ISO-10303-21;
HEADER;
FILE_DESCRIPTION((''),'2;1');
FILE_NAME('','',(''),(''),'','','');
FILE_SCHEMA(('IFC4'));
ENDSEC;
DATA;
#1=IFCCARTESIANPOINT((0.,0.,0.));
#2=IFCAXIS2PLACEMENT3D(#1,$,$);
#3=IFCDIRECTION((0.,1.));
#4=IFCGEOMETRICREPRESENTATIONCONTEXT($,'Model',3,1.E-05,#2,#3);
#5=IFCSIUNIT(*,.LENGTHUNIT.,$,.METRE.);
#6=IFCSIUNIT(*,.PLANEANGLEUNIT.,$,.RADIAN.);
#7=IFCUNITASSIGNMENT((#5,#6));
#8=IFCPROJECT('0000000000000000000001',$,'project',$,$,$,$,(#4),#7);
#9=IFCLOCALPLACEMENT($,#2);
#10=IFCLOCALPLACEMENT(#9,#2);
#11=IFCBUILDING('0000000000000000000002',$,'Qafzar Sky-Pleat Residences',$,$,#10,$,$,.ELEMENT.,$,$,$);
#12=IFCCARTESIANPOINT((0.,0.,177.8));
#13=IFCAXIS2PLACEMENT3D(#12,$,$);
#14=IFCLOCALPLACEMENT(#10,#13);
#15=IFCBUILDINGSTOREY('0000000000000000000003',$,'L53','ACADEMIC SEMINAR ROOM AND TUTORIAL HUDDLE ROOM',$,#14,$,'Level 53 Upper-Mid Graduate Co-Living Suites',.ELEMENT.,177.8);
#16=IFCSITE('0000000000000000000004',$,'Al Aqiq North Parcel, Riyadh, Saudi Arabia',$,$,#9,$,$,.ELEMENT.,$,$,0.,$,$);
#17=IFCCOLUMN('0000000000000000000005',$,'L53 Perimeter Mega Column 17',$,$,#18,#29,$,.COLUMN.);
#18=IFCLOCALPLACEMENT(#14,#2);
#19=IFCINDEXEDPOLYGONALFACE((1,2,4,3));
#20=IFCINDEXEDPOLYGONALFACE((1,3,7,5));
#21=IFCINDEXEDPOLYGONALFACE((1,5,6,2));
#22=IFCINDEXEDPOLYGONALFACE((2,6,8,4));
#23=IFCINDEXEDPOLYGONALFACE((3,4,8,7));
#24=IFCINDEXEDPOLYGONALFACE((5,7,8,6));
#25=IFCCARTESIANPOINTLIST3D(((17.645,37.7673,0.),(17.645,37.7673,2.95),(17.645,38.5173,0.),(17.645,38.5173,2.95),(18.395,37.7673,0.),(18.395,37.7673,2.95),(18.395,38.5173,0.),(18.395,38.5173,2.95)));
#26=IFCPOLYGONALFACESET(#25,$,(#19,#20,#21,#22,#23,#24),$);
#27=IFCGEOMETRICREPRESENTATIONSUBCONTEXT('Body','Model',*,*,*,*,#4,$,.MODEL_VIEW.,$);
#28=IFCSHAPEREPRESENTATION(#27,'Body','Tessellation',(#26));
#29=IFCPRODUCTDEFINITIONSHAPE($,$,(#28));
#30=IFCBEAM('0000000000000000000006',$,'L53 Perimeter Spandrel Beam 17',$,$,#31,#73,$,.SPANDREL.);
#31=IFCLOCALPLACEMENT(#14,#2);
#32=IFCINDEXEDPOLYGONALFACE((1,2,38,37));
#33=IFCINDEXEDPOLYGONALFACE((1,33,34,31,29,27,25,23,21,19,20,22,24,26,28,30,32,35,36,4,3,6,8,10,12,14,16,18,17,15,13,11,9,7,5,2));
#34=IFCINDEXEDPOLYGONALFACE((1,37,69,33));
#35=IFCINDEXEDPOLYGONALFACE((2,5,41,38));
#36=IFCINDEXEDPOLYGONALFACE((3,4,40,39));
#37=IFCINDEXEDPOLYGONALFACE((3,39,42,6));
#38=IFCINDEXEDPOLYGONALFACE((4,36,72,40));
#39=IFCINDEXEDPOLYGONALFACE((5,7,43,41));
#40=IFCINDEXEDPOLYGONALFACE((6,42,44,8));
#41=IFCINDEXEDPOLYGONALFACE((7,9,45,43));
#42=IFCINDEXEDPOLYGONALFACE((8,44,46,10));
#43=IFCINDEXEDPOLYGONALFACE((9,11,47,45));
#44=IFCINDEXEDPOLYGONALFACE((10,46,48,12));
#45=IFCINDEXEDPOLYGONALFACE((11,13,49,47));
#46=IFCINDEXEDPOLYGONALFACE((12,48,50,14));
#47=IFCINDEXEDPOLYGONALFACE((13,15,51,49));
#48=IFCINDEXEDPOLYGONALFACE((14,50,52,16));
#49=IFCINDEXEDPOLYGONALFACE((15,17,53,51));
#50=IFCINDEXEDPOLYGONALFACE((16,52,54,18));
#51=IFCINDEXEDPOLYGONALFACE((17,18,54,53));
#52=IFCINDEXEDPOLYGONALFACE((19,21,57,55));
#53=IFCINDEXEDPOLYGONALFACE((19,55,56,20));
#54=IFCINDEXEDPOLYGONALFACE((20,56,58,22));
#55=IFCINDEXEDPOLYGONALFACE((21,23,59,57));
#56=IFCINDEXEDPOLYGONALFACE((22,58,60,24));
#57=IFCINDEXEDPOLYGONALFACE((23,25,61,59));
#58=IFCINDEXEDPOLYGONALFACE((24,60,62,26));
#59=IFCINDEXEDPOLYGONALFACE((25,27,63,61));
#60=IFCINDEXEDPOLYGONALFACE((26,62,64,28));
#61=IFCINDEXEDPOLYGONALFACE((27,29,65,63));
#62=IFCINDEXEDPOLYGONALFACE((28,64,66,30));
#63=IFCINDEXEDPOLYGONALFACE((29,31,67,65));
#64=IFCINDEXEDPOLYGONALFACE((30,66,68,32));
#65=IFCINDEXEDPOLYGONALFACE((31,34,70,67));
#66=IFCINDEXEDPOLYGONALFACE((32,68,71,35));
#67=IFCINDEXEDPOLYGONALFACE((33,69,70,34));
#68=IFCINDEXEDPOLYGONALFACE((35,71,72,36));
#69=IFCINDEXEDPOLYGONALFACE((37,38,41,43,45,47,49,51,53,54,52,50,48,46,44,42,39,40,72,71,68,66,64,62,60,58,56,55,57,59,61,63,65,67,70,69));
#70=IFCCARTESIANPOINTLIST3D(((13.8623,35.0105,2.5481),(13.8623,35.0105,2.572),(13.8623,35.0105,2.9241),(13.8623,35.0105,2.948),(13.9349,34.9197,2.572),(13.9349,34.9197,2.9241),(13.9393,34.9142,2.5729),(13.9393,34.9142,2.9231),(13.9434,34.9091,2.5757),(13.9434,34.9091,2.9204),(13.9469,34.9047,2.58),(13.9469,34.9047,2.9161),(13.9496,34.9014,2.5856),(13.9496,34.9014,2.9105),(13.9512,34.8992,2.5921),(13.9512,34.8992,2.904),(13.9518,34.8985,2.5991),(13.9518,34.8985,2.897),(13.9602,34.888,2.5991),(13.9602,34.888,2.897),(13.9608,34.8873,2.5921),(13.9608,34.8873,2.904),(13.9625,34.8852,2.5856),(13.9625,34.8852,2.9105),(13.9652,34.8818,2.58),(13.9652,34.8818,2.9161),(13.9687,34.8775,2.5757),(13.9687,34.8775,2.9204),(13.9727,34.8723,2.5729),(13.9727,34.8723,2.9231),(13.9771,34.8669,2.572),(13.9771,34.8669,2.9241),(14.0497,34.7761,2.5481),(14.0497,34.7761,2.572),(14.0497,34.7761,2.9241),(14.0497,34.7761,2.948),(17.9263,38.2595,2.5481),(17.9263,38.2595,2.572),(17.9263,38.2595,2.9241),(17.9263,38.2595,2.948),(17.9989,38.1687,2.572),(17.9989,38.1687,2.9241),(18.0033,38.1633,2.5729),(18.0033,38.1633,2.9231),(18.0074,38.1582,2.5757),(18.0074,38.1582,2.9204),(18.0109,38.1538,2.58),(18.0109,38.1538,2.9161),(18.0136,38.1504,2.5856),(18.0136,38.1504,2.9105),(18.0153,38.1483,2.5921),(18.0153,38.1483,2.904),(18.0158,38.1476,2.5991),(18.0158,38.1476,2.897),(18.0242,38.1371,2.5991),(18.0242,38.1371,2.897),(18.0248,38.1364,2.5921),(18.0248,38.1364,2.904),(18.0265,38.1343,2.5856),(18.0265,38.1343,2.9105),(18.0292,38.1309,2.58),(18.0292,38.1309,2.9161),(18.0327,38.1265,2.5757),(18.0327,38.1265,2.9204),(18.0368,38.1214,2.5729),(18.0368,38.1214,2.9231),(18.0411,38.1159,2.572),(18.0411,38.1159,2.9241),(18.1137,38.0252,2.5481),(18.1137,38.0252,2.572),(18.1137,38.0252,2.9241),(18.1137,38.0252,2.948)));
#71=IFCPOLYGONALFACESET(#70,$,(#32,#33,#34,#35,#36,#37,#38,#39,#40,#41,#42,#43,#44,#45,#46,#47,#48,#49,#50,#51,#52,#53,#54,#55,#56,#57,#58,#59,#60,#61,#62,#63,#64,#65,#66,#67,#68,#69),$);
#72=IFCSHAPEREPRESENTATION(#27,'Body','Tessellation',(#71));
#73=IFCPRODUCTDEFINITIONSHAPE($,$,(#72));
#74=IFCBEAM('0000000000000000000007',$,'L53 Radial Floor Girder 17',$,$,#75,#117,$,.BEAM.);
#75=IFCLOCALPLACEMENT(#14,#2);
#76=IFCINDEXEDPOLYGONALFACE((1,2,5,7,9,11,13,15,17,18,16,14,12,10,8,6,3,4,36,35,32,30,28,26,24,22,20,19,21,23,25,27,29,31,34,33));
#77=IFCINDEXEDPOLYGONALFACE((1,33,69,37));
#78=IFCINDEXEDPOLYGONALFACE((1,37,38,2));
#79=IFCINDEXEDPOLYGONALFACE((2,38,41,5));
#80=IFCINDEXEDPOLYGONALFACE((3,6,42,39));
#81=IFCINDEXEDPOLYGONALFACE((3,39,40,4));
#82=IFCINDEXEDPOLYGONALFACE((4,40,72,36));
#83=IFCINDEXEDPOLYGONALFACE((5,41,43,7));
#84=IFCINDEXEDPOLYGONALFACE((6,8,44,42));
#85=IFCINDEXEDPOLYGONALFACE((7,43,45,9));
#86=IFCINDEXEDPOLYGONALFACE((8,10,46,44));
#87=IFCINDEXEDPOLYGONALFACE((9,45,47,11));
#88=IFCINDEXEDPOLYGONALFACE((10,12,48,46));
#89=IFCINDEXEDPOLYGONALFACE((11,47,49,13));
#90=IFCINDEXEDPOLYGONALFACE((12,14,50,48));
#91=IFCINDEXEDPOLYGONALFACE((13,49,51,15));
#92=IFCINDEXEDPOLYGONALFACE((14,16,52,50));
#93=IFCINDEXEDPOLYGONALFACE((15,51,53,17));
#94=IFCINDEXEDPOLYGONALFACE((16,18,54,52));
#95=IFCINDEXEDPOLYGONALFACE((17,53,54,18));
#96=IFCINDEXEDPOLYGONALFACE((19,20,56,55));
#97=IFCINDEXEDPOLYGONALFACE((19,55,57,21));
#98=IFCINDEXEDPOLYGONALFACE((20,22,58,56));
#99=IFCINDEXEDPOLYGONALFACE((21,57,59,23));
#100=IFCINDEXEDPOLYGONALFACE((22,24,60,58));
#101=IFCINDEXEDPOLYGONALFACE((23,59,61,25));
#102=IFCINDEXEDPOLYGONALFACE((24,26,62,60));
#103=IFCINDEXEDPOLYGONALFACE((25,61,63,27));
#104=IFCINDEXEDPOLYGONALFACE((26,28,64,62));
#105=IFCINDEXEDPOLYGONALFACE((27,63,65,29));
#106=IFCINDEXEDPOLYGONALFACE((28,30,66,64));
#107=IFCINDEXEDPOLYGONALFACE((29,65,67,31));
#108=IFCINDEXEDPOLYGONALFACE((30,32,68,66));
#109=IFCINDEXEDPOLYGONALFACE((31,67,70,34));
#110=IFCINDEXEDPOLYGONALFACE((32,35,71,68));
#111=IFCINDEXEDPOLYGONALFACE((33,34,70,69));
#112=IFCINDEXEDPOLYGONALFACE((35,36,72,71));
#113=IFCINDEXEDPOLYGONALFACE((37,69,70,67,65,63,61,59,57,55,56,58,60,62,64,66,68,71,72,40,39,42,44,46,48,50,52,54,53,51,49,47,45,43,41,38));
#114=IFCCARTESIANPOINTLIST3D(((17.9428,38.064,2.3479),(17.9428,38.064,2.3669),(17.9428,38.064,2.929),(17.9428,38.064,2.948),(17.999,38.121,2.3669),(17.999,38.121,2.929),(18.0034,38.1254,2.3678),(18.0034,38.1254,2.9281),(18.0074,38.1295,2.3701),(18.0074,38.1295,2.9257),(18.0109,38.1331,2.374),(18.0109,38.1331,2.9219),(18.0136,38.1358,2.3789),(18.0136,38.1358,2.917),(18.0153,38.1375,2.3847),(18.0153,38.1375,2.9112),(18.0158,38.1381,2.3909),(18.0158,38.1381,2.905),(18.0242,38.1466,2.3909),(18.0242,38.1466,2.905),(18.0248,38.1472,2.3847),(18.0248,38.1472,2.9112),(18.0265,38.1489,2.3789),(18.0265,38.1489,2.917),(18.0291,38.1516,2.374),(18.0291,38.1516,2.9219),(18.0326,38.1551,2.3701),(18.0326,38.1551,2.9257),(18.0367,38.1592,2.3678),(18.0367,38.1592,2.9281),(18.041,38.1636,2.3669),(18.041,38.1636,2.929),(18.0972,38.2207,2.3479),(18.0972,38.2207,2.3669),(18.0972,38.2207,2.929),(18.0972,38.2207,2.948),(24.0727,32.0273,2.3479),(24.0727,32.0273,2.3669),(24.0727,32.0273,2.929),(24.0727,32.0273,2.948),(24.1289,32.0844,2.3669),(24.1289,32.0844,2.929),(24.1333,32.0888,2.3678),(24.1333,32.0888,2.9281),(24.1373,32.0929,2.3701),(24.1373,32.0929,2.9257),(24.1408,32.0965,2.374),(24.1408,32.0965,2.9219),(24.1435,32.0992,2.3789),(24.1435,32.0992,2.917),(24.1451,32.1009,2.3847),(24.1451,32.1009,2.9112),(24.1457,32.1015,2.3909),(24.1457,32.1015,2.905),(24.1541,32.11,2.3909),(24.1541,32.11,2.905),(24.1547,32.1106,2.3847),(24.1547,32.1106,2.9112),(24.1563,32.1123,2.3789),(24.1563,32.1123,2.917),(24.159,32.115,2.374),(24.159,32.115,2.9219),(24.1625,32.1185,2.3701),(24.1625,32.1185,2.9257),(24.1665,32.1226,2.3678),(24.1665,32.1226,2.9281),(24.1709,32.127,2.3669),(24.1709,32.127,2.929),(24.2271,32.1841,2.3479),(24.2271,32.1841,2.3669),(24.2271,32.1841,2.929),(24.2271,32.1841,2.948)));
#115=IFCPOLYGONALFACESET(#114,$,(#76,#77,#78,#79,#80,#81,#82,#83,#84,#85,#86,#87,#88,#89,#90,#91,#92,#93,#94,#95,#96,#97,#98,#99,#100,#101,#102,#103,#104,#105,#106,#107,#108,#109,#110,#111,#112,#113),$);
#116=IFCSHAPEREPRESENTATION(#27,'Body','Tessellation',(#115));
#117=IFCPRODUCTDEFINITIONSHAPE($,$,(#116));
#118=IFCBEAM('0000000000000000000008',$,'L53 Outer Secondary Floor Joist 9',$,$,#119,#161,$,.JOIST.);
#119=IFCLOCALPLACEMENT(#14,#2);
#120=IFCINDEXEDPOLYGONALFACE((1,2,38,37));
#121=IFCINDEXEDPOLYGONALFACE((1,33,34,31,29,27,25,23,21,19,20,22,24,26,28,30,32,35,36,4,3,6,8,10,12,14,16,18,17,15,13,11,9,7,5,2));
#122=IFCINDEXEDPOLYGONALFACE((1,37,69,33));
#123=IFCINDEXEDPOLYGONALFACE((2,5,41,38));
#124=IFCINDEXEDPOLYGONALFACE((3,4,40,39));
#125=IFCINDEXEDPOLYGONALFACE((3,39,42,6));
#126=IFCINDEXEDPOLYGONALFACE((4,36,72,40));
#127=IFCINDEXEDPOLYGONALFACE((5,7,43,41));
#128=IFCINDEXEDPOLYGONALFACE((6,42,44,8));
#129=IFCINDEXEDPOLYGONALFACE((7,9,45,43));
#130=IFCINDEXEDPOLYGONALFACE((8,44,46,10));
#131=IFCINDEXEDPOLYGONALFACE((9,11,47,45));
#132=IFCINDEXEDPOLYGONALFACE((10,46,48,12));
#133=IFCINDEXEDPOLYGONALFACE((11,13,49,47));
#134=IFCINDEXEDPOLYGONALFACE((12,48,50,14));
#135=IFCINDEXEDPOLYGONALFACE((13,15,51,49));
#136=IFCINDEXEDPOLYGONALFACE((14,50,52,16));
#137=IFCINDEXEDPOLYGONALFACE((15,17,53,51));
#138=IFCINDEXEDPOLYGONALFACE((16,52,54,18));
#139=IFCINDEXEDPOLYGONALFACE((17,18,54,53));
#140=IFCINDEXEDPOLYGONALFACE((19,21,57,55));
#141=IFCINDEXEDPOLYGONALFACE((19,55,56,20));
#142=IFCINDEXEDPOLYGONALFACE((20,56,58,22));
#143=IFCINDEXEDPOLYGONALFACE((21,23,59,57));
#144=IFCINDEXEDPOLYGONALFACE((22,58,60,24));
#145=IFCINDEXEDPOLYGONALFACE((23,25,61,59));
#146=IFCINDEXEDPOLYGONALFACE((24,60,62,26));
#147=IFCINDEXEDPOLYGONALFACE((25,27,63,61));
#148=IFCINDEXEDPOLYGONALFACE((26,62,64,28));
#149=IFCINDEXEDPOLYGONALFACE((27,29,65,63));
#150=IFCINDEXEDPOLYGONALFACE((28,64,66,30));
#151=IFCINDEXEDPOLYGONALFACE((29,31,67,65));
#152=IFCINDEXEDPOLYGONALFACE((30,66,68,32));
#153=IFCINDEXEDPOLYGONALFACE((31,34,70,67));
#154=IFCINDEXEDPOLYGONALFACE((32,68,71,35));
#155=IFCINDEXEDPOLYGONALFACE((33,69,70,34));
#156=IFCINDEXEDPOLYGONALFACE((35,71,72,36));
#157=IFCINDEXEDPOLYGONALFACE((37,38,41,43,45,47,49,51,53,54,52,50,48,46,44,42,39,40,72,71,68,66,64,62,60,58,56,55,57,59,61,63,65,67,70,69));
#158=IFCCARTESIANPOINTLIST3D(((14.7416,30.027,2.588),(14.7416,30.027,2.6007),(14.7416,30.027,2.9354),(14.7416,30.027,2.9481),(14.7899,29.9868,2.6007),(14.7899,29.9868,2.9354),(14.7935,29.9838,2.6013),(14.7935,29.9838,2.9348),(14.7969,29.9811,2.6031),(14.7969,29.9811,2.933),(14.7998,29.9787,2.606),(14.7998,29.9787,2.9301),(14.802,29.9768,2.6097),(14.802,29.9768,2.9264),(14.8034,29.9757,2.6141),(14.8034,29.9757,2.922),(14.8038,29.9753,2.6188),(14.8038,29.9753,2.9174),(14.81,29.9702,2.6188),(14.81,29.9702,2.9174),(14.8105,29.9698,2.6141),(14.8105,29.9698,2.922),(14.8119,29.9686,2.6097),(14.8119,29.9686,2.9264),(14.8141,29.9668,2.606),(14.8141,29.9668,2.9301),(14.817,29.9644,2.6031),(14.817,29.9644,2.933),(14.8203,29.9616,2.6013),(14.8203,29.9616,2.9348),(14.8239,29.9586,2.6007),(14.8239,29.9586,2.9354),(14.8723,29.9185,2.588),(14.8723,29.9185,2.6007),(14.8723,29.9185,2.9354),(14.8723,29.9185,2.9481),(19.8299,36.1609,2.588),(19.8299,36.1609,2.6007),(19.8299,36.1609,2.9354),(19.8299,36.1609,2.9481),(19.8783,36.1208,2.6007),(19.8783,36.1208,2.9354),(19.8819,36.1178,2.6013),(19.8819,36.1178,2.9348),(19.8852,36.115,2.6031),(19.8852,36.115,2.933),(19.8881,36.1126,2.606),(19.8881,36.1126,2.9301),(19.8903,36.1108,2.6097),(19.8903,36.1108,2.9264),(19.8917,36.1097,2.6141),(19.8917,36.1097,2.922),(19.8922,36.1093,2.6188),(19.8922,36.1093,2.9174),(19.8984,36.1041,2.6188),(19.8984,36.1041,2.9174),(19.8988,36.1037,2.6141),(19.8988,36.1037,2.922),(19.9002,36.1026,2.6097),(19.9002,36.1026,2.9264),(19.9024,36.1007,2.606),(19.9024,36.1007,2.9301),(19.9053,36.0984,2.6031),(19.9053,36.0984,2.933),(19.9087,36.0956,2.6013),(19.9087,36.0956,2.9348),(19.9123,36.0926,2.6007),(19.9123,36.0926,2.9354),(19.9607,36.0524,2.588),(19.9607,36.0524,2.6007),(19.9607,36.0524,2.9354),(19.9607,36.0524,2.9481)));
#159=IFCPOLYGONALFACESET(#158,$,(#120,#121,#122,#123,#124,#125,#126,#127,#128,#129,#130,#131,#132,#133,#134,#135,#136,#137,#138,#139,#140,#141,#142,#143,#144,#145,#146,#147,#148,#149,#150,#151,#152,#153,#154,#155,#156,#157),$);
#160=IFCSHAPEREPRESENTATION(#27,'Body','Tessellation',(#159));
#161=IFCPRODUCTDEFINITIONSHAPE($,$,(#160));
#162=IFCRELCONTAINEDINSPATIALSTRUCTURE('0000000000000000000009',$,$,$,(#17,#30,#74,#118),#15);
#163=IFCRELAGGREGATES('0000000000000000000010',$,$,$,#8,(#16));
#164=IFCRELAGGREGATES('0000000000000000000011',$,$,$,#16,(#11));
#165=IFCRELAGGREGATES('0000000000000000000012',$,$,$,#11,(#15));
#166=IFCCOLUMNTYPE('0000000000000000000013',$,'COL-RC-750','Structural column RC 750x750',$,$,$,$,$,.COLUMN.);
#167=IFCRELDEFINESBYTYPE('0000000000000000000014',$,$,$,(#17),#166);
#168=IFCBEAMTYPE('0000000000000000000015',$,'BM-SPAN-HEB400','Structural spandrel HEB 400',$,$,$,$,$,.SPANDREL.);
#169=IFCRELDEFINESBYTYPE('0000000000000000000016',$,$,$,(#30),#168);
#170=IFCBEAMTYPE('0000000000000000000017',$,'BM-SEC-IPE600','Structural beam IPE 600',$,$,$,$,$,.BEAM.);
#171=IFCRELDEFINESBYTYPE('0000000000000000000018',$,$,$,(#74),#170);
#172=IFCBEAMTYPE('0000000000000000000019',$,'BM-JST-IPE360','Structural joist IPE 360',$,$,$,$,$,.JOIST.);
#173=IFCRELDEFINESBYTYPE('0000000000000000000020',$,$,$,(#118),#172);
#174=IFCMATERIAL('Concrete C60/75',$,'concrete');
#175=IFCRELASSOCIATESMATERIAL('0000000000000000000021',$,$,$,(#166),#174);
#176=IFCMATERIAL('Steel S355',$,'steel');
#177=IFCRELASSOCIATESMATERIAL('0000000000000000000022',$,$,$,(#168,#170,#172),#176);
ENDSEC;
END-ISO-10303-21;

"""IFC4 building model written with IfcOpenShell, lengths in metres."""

from ifc_helpers import new_model, si_unit, direction, frame, origin, origin_2d, place, context, subcontext, project, spatial, rectangle, i_section, extrude, source, transform, mapped, material, material_profile, profile_set, type_object, element, save


model = new_model("IFC4")

# Units and contexts
model_context = context("Model", 3, precision=1e-05, world=origin(), true_north=direction((0.0, 1.0)))
body_context = subcontext(model_context, "Body", "Model", "MODEL_VIEW")
ifc_project = project(units=[si_unit("LENGTHUNIT", "METRE"), si_unit("PLANEANGLEUNIT", "RADIAN")], contexts=[model_context])

# Site, building, storey
site_placement = place(None, origin())
site = spatial("IfcSite", under=ifc_project, at=site_placement, Name="Al Aqiq North Parcel, Riyadh, Saudi Arabia", CompositionType="ELEMENT", RefElevation=0.0)
building_placement = place(site_placement, origin())
building = spatial("IfcBuilding", under=site, at=building_placement, Name="Qafzar Sky-Pleat Residences", CompositionType="ELEMENT")
storey_placement = place(building_placement, frame((0.0, 0.0, 177.8)))
storey = spatial("IfcBuildingStorey", under=building, at=storey_placement, Name="L53", Description="ACADEMIC SEMINAR ROOM AND TUTORIAL HUDDLE ROOM", LongName="Level 53 Upper-Mid Graduate Co-Living Suites", CompositionType="ELEMENT", Elevation=177.8)

# Column
ifc_material_1 = material(Name="Concrete C60/75", Category="concrete")
ifc_material_profile_1 = material_profile(ifc_material_1, rectangle(XDim=0.75, YDim=0.75, at=origin_2d()), Name="RC 750x750")
ifc_profile_set_1 = profile_set([ifc_material_profile_1], Name="Concrete C60/75")
column_type = type_object("IfcColumnType", Name="COL-RC-750", Description="Structural column RC 750x750", PredefinedType="COLUMN", material=ifc_profile_set_1)
shared_shape_1 = source(origin(), body_context, "Body", "SweptSolid", [
    extrude(rectangle(XDim=0.75, YDim=0.75, at=origin_2d()), origin(), (0.0, 0.0, 1.0), 2.95),
])
column_placement = place(storey_placement, frame((18.02, 38.1423, 0.0), z_axis=(0.0, 0.0, 1.0), x_axis=(1.0, 0.0, 0.0)))
element("IfcColumn", 1, at=column_placement, inside=storey, type_object=column_type, Name="L53 Perimeter Mega Column 17", PredefinedType="COLUMN", context=body_context, shape_type="MappedRepresentation", body=[
    mapped(shared_shape_1, transform((0.0, 0.0, 0.0), x_axis=(1.0, 0.0, 0.0), y_axis=(0.0, 1.0, 0.0), z_axis=(0.0, 0.0, 1.0), scale=1.0)),
])

# Beams
ifc_material_2 = material(Name="Steel S355", Category="steel")
ifc_material_profile_2 = material_profile(ifc_material_2, i_section(OverallWidth=0.3, OverallDepth=0.3999, WebThickness=0.0134, FlangeThickness=0.0239, FilletRadius=0.0271, at=origin_2d()), Name="HEB 400")
ifc_profile_set_2 = profile_set([ifc_material_profile_2], Name="Steel S355")
beam_type_1 = type_object("IfcBeamType", Name="BM-SPAN-HEB400", Description="Structural spandrel HEB 400", PredefinedType="SPANDREL", material=ifc_profile_set_2)
shared_shape_2 = source(origin(), body_context, "Body", "SweptSolid", [
    extrude(i_section(OverallWidth=0.3, OverallDepth=0.3999, WebThickness=0.0134, FlangeThickness=0.0239, FilletRadius=0.0271, at=origin_2d()), origin(), (0.0, 0.0, 1.0), 5.2031),
])
beam_1_placement = place(storey_placement, frame((18.02, 38.1423, 2.748), z_axis=(-0.78107, -0.624443, 0.0), x_axis=(0.624443, -0.78107, 0.0)))
element("IfcBeam", 2, at=beam_1_placement, inside=storey, type_object=beam_type_1, Name="L53 Perimeter Spandrel Beam 17", PredefinedType="SPANDREL", context=body_context, shape_type="MappedRepresentation", body=[
    mapped(shared_shape_2, transform((0.0, 0.0, 0.0), x_axis=(1.0, 0.0, 0.0), y_axis=(0.0, 1.0, 0.0), z_axis=(0.0, 0.0, 1.0), scale=1.0)),
])
ifc_material_profile_3 = material_profile(ifc_material_2, i_section(OverallWidth=0.22, OverallDepth=0.6001, WebThickness=0.012, FlangeThickness=0.019, FilletRadius=0.0239, at=origin_2d()), Name="IPE 600")
ifc_profile_set_3 = profile_set([ifc_material_profile_3], Name="Steel S355")
beam_type_2 = type_object("IfcBeamType", Name="BM-SEC-IPE600", Description="Structural beam IPE 600", PredefinedType="BEAM", material=ifc_profile_set_3)
shared_shape_3 = source(origin(), body_context, "Body", "SweptSolid", [
    extrude(i_section(OverallWidth=0.22, OverallDepth=0.6001, WebThickness=0.012, FlangeThickness=0.019, FilletRadius=0.0239, at=origin_2d()), origin(), (0.0, 0.0, 1.0), 8.6033),
])
beam_2_placement = place(storey_placement, frame((18.02, 38.1423, 2.6479), z_axis=(0.712506, -0.701666, 0.0), x_axis=(0.701666, 0.712506, 0.0)))
element("IfcBeam", 3, at=beam_2_placement, inside=storey, type_object=beam_type_2, Name="L53 Radial Floor Girder 17", PredefinedType="BEAM", context=body_context, shape_type="MappedRepresentation", body=[
    mapped(shared_shape_3, transform((0.0, 0.0, 0.0), x_axis=(1.0, 0.0, 0.0), y_axis=(0.0, 1.0, 0.0), z_axis=(0.0, 0.0, 1.0), scale=1.0)),
])
ifc_material_profile_4 = material_profile(ifc_material_2, i_section(OverallWidth=0.1699, OverallDepth=0.3601, WebThickness=0.0081, FlangeThickness=0.0127, FilletRadius=0.0181, at=origin_2d()), Name="IPE 360")
ifc_profile_set_4 = profile_set([ifc_material_profile_4], Name="Steel S355")
beam_type_3 = type_object("IfcBeamType", Name="BM-JST-IPE360", Description="Structural joist IPE 360", PredefinedType="JOIST", material=ifc_profile_set_4)
shared_shape_4 = source(origin(), body_context, "Body", "SweptSolid", [
    extrude(i_section(OverallWidth=0.1699, OverallDepth=0.3601, WebThickness=0.0081, FlangeThickness=0.0127, FilletRadius=0.0181, at=origin_2d()), origin(), (0.0, 0.0, 1.0), 7.9697),
])
beam_3_placement = place(storey_placement, frame((19.8953, 36.1067, 2.7681), z_axis=(-0.638456, -0.769658, 0.0), x_axis=(0.769658, -0.638456, 0.0)))
element("IfcBeam", 4, at=beam_3_placement, inside=storey, type_object=beam_type_3, Name="L53 Outer Secondary Floor Joist 9", PredefinedType="JOIST", context=body_context, shape_type="MappedRepresentation", body=[
    mapped(shared_shape_4, transform((0.0, 0.0, 0.0), x_axis=(1.0, 0.0, 0.0), y_axis=(0.0, 1.0, 0.0), z_axis=(0.0, 0.0, 1.0), scale=1.0)),
])

save(model, "model.ifc")
